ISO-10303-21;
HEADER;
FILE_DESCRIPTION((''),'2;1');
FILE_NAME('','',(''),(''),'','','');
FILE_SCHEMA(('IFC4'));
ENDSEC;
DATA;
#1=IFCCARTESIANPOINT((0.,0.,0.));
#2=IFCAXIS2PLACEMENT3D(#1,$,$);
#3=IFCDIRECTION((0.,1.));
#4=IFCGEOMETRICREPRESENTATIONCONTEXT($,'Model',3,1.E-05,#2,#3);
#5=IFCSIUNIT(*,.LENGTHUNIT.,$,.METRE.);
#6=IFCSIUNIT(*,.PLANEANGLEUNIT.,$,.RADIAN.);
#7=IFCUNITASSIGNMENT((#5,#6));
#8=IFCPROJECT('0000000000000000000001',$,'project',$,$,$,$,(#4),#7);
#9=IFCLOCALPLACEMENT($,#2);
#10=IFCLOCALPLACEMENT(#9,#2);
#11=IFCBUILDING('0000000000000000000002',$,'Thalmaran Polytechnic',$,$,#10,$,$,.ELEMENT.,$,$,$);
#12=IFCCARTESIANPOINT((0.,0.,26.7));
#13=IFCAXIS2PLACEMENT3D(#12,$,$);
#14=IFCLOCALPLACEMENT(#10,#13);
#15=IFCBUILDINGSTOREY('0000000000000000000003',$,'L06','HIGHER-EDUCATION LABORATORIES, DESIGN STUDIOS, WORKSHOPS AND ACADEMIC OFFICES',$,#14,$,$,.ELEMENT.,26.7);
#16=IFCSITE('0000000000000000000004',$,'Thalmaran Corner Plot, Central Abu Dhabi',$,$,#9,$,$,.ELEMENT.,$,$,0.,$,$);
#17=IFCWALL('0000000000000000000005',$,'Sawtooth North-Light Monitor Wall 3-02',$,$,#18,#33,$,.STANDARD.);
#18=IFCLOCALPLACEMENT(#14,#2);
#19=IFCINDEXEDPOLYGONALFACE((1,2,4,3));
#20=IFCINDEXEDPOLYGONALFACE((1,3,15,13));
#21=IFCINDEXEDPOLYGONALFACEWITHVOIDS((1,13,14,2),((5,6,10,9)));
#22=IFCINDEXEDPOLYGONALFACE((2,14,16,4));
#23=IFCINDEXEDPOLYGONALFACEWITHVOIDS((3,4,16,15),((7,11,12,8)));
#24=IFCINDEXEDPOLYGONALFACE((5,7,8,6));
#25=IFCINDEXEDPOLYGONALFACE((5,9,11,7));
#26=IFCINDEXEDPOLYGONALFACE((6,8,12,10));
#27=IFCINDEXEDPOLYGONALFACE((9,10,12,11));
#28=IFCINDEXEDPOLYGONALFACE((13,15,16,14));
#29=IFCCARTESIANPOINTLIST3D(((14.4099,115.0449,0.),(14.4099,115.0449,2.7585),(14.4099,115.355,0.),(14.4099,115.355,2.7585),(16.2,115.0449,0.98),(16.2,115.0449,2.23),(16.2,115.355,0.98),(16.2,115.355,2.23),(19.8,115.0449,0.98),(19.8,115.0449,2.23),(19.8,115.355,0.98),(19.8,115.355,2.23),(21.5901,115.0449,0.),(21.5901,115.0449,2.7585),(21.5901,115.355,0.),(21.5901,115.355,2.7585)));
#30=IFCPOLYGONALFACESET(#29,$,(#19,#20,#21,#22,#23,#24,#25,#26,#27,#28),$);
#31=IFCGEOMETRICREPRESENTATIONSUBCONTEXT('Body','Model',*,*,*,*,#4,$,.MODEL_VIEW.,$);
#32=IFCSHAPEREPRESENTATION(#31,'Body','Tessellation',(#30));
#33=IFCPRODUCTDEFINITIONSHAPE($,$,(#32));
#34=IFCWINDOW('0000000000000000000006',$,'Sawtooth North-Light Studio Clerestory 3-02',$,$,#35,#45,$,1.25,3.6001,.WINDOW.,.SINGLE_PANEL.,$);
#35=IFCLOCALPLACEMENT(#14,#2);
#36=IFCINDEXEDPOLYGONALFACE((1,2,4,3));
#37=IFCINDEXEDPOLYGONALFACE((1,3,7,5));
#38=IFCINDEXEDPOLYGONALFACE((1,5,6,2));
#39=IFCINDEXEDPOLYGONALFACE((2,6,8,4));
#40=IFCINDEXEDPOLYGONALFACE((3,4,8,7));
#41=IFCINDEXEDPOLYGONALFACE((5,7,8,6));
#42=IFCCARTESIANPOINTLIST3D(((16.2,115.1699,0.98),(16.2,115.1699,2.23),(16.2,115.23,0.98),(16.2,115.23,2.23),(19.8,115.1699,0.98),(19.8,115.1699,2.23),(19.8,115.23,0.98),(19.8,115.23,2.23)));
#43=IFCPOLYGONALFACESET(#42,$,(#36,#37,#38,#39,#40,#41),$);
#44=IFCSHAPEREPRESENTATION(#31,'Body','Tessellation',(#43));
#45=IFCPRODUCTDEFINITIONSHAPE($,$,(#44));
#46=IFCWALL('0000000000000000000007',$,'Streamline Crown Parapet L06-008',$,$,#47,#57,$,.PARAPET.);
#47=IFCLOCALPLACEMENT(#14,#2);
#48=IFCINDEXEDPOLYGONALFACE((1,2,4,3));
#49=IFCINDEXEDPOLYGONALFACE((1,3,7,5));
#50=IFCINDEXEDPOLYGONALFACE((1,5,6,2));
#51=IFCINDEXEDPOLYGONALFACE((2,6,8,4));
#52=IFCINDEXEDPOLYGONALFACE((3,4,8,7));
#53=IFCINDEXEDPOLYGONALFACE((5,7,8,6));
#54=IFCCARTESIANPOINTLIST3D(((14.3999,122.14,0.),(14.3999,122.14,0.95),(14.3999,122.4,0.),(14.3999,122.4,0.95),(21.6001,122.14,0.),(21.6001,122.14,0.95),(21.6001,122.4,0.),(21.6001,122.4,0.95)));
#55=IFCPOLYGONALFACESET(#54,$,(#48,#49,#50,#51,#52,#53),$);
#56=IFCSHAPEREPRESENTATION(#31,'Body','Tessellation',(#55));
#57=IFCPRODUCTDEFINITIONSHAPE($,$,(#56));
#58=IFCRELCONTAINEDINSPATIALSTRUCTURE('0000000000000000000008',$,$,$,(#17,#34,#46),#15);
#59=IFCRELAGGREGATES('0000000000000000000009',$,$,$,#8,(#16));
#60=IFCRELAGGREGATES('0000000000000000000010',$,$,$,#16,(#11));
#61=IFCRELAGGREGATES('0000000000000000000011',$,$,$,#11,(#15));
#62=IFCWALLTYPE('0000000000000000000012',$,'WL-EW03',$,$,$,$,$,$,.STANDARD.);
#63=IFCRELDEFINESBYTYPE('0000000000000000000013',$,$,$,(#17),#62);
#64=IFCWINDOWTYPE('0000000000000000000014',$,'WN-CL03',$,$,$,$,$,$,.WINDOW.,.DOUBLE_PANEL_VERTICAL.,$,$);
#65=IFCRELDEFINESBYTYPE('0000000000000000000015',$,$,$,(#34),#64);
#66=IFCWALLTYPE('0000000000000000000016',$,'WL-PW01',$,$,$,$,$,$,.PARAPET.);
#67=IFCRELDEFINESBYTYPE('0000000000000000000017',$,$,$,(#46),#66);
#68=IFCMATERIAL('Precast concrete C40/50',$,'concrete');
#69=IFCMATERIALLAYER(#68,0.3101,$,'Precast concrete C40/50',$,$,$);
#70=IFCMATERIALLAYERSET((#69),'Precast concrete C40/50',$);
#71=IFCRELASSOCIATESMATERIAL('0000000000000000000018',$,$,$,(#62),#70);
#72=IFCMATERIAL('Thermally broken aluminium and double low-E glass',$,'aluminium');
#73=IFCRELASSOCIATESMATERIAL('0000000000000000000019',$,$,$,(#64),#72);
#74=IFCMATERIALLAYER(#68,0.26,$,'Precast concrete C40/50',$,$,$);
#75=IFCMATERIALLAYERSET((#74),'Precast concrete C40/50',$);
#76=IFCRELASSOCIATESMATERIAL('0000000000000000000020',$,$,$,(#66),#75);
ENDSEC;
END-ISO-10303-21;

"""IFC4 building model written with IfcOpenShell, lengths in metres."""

from ifc_helpers import new_model, si_unit, direction, frame, frame_2d, origin, place, context, subcontext, project, spatial, rectangle, extrude, material, layer, layer_set, type_object, element, fill, save


model = new_model("IFC4")

# Units and contexts
model_context = context("Model", 3, precision=1e-05, world=origin(), true_north=direction((0.0, 1.0)))
body_context = subcontext(model_context, "Body", "Model", "MODEL_VIEW")
ifc_project = project(units=[si_unit("LENGTHUNIT", "METRE"), si_unit("PLANEANGLEUNIT", "RADIAN")], contexts=[model_context])

# Site, building, storey
site_placement = place(None, origin())
site = spatial("IfcSite", under=ifc_project, at=site_placement, Name="Thalmaran Corner Plot, Central Abu Dhabi", CompositionType="ELEMENT", RefElevation=0.0)
building_placement = place(site_placement, origin())
building = spatial("IfcBuilding", under=site, at=building_placement, Name="Thalmaran Polytechnic", CompositionType="ELEMENT")
storey_placement = place(building_placement, frame((0.0, 0.0, 26.7)))
storey = spatial("IfcBuildingStorey", under=building, at=storey_placement, Name="L06", Description="HIGHER-EDUCATION LABORATORIES, DESIGN STUDIOS, WORKSHOPS AND ACADEMIC OFFICES", CompositionType="ELEMENT", Elevation=26.7)

# Wall, opening, window
ifc_material_1 = material(Name="Precast concrete C40/50", Category="concrete")
ifc_layer_1 = layer(ifc_material_1, 0.3101, Name="Precast concrete C40/50")
ifc_layer_set_1 = layer_set([ifc_layer_1], Name="Precast concrete C40/50")
wall_type_1 = type_object("IfcWallType", Name="WL-EW03", PredefinedType="STANDARD", material=ifc_layer_set_1)
ifc_material_2 = material(Name="Thermally broken aluminium and double low-E glass", Category="aluminium")
window_type = type_object("IfcWindowType", Name="WN-CL03", PartitioningType="DOUBLE_PANEL_VERTICAL", PredefinedType="WINDOW", material=ifc_material_2)
wall_1_placement = place(storey_placement, frame((21.5901, 115.2, 0.0), z_axis=(0.0, 0.0, 1.0), x_axis=(-1.0, 0.0, 0.0)))
wall_1 = element("IfcWall", 1, at=wall_1_placement, inside=storey, type_object=wall_type_1, Name="Sawtooth North-Light Monitor Wall 3-02", PredefinedType="STANDARD", context=body_context, shape_type="SweptSolid", body=[
    extrude(rectangle(XDim=7.1802, YDim=0.3101, at=frame_2d((3.5901, 0.0))), origin(), (0.0, 0.0, 1.0), 2.7585),
])
opening_1_placement = place(wall_1_placement, frame((1.79, 0.0, 0.98)))
opening_1 = element("IfcOpeningElement", 2, at=opening_1_placement, cuts=wall_1, PredefinedType="OPENING", context=body_context, shape_type="SweptSolid", body=[
    extrude(rectangle(XDim=3.6001, YDim=1.25, at=frame_2d((1.8, 0.625))), frame((0.0, 0.165, 0.0), z_axis=(0.0, -1.0, 0.0), x_axis=(1.0, 0.0, 0.0)), (0.0, 0.0, 1.0), 0.3301),
])
window_1_placement = place(opening_1_placement, origin())
window_1 = element("IfcWindow", 3, at=window_1_placement, inside=storey, type_object=window_type, Name="Sawtooth North-Light Studio Clerestory 3-02", OverallHeight=1.25, OverallWidth=3.6001, PartitioningType="SINGLE_PANEL", PredefinedType="WINDOW", context=body_context, shape_type="SweptSolid", body=[
    extrude(rectangle(XDim=3.6001, YDim=1.25, at=frame_2d((1.8, 0.625))), frame((0.0, 0.03, 0.0), z_axis=(0.0, -1.0, 0.0), x_axis=(1.0, 0.0, 0.0)), (0.0, 0.0, 1.0), 0.0601),
])
fill(opening_1, window_1)

# Wall
ifc_layer_2 = layer(ifc_material_1, 0.26, Name="Precast concrete C40/50")
ifc_layer_set_2 = layer_set([ifc_layer_2], Name="Precast concrete C40/50")
wall_type_2 = type_object("IfcWallType", Name="WL-PW01", PredefinedType="PARAPET", material=ifc_layer_set_2)
wall_2_placement = place(storey_placement, frame((14.3999, 122.27, 0.0), z_axis=(0.0, 0.0, 1.0), x_axis=(1.0, 0.0, 0.0)))
element("IfcWall", 4, at=wall_2_placement, inside=storey, type_object=wall_type_2, Name="Streamline Crown Parapet L06-008", PredefinedType="PARAPET", context=body_context, shape_type="SweptSolid", body=[
    extrude(rectangle(XDim=7.2002, YDim=0.26, at=frame_2d((3.6001, 0.0))), origin(), (0.0, 0.0, 1.0), 0.95),
])

save(model, "model.ifc")
